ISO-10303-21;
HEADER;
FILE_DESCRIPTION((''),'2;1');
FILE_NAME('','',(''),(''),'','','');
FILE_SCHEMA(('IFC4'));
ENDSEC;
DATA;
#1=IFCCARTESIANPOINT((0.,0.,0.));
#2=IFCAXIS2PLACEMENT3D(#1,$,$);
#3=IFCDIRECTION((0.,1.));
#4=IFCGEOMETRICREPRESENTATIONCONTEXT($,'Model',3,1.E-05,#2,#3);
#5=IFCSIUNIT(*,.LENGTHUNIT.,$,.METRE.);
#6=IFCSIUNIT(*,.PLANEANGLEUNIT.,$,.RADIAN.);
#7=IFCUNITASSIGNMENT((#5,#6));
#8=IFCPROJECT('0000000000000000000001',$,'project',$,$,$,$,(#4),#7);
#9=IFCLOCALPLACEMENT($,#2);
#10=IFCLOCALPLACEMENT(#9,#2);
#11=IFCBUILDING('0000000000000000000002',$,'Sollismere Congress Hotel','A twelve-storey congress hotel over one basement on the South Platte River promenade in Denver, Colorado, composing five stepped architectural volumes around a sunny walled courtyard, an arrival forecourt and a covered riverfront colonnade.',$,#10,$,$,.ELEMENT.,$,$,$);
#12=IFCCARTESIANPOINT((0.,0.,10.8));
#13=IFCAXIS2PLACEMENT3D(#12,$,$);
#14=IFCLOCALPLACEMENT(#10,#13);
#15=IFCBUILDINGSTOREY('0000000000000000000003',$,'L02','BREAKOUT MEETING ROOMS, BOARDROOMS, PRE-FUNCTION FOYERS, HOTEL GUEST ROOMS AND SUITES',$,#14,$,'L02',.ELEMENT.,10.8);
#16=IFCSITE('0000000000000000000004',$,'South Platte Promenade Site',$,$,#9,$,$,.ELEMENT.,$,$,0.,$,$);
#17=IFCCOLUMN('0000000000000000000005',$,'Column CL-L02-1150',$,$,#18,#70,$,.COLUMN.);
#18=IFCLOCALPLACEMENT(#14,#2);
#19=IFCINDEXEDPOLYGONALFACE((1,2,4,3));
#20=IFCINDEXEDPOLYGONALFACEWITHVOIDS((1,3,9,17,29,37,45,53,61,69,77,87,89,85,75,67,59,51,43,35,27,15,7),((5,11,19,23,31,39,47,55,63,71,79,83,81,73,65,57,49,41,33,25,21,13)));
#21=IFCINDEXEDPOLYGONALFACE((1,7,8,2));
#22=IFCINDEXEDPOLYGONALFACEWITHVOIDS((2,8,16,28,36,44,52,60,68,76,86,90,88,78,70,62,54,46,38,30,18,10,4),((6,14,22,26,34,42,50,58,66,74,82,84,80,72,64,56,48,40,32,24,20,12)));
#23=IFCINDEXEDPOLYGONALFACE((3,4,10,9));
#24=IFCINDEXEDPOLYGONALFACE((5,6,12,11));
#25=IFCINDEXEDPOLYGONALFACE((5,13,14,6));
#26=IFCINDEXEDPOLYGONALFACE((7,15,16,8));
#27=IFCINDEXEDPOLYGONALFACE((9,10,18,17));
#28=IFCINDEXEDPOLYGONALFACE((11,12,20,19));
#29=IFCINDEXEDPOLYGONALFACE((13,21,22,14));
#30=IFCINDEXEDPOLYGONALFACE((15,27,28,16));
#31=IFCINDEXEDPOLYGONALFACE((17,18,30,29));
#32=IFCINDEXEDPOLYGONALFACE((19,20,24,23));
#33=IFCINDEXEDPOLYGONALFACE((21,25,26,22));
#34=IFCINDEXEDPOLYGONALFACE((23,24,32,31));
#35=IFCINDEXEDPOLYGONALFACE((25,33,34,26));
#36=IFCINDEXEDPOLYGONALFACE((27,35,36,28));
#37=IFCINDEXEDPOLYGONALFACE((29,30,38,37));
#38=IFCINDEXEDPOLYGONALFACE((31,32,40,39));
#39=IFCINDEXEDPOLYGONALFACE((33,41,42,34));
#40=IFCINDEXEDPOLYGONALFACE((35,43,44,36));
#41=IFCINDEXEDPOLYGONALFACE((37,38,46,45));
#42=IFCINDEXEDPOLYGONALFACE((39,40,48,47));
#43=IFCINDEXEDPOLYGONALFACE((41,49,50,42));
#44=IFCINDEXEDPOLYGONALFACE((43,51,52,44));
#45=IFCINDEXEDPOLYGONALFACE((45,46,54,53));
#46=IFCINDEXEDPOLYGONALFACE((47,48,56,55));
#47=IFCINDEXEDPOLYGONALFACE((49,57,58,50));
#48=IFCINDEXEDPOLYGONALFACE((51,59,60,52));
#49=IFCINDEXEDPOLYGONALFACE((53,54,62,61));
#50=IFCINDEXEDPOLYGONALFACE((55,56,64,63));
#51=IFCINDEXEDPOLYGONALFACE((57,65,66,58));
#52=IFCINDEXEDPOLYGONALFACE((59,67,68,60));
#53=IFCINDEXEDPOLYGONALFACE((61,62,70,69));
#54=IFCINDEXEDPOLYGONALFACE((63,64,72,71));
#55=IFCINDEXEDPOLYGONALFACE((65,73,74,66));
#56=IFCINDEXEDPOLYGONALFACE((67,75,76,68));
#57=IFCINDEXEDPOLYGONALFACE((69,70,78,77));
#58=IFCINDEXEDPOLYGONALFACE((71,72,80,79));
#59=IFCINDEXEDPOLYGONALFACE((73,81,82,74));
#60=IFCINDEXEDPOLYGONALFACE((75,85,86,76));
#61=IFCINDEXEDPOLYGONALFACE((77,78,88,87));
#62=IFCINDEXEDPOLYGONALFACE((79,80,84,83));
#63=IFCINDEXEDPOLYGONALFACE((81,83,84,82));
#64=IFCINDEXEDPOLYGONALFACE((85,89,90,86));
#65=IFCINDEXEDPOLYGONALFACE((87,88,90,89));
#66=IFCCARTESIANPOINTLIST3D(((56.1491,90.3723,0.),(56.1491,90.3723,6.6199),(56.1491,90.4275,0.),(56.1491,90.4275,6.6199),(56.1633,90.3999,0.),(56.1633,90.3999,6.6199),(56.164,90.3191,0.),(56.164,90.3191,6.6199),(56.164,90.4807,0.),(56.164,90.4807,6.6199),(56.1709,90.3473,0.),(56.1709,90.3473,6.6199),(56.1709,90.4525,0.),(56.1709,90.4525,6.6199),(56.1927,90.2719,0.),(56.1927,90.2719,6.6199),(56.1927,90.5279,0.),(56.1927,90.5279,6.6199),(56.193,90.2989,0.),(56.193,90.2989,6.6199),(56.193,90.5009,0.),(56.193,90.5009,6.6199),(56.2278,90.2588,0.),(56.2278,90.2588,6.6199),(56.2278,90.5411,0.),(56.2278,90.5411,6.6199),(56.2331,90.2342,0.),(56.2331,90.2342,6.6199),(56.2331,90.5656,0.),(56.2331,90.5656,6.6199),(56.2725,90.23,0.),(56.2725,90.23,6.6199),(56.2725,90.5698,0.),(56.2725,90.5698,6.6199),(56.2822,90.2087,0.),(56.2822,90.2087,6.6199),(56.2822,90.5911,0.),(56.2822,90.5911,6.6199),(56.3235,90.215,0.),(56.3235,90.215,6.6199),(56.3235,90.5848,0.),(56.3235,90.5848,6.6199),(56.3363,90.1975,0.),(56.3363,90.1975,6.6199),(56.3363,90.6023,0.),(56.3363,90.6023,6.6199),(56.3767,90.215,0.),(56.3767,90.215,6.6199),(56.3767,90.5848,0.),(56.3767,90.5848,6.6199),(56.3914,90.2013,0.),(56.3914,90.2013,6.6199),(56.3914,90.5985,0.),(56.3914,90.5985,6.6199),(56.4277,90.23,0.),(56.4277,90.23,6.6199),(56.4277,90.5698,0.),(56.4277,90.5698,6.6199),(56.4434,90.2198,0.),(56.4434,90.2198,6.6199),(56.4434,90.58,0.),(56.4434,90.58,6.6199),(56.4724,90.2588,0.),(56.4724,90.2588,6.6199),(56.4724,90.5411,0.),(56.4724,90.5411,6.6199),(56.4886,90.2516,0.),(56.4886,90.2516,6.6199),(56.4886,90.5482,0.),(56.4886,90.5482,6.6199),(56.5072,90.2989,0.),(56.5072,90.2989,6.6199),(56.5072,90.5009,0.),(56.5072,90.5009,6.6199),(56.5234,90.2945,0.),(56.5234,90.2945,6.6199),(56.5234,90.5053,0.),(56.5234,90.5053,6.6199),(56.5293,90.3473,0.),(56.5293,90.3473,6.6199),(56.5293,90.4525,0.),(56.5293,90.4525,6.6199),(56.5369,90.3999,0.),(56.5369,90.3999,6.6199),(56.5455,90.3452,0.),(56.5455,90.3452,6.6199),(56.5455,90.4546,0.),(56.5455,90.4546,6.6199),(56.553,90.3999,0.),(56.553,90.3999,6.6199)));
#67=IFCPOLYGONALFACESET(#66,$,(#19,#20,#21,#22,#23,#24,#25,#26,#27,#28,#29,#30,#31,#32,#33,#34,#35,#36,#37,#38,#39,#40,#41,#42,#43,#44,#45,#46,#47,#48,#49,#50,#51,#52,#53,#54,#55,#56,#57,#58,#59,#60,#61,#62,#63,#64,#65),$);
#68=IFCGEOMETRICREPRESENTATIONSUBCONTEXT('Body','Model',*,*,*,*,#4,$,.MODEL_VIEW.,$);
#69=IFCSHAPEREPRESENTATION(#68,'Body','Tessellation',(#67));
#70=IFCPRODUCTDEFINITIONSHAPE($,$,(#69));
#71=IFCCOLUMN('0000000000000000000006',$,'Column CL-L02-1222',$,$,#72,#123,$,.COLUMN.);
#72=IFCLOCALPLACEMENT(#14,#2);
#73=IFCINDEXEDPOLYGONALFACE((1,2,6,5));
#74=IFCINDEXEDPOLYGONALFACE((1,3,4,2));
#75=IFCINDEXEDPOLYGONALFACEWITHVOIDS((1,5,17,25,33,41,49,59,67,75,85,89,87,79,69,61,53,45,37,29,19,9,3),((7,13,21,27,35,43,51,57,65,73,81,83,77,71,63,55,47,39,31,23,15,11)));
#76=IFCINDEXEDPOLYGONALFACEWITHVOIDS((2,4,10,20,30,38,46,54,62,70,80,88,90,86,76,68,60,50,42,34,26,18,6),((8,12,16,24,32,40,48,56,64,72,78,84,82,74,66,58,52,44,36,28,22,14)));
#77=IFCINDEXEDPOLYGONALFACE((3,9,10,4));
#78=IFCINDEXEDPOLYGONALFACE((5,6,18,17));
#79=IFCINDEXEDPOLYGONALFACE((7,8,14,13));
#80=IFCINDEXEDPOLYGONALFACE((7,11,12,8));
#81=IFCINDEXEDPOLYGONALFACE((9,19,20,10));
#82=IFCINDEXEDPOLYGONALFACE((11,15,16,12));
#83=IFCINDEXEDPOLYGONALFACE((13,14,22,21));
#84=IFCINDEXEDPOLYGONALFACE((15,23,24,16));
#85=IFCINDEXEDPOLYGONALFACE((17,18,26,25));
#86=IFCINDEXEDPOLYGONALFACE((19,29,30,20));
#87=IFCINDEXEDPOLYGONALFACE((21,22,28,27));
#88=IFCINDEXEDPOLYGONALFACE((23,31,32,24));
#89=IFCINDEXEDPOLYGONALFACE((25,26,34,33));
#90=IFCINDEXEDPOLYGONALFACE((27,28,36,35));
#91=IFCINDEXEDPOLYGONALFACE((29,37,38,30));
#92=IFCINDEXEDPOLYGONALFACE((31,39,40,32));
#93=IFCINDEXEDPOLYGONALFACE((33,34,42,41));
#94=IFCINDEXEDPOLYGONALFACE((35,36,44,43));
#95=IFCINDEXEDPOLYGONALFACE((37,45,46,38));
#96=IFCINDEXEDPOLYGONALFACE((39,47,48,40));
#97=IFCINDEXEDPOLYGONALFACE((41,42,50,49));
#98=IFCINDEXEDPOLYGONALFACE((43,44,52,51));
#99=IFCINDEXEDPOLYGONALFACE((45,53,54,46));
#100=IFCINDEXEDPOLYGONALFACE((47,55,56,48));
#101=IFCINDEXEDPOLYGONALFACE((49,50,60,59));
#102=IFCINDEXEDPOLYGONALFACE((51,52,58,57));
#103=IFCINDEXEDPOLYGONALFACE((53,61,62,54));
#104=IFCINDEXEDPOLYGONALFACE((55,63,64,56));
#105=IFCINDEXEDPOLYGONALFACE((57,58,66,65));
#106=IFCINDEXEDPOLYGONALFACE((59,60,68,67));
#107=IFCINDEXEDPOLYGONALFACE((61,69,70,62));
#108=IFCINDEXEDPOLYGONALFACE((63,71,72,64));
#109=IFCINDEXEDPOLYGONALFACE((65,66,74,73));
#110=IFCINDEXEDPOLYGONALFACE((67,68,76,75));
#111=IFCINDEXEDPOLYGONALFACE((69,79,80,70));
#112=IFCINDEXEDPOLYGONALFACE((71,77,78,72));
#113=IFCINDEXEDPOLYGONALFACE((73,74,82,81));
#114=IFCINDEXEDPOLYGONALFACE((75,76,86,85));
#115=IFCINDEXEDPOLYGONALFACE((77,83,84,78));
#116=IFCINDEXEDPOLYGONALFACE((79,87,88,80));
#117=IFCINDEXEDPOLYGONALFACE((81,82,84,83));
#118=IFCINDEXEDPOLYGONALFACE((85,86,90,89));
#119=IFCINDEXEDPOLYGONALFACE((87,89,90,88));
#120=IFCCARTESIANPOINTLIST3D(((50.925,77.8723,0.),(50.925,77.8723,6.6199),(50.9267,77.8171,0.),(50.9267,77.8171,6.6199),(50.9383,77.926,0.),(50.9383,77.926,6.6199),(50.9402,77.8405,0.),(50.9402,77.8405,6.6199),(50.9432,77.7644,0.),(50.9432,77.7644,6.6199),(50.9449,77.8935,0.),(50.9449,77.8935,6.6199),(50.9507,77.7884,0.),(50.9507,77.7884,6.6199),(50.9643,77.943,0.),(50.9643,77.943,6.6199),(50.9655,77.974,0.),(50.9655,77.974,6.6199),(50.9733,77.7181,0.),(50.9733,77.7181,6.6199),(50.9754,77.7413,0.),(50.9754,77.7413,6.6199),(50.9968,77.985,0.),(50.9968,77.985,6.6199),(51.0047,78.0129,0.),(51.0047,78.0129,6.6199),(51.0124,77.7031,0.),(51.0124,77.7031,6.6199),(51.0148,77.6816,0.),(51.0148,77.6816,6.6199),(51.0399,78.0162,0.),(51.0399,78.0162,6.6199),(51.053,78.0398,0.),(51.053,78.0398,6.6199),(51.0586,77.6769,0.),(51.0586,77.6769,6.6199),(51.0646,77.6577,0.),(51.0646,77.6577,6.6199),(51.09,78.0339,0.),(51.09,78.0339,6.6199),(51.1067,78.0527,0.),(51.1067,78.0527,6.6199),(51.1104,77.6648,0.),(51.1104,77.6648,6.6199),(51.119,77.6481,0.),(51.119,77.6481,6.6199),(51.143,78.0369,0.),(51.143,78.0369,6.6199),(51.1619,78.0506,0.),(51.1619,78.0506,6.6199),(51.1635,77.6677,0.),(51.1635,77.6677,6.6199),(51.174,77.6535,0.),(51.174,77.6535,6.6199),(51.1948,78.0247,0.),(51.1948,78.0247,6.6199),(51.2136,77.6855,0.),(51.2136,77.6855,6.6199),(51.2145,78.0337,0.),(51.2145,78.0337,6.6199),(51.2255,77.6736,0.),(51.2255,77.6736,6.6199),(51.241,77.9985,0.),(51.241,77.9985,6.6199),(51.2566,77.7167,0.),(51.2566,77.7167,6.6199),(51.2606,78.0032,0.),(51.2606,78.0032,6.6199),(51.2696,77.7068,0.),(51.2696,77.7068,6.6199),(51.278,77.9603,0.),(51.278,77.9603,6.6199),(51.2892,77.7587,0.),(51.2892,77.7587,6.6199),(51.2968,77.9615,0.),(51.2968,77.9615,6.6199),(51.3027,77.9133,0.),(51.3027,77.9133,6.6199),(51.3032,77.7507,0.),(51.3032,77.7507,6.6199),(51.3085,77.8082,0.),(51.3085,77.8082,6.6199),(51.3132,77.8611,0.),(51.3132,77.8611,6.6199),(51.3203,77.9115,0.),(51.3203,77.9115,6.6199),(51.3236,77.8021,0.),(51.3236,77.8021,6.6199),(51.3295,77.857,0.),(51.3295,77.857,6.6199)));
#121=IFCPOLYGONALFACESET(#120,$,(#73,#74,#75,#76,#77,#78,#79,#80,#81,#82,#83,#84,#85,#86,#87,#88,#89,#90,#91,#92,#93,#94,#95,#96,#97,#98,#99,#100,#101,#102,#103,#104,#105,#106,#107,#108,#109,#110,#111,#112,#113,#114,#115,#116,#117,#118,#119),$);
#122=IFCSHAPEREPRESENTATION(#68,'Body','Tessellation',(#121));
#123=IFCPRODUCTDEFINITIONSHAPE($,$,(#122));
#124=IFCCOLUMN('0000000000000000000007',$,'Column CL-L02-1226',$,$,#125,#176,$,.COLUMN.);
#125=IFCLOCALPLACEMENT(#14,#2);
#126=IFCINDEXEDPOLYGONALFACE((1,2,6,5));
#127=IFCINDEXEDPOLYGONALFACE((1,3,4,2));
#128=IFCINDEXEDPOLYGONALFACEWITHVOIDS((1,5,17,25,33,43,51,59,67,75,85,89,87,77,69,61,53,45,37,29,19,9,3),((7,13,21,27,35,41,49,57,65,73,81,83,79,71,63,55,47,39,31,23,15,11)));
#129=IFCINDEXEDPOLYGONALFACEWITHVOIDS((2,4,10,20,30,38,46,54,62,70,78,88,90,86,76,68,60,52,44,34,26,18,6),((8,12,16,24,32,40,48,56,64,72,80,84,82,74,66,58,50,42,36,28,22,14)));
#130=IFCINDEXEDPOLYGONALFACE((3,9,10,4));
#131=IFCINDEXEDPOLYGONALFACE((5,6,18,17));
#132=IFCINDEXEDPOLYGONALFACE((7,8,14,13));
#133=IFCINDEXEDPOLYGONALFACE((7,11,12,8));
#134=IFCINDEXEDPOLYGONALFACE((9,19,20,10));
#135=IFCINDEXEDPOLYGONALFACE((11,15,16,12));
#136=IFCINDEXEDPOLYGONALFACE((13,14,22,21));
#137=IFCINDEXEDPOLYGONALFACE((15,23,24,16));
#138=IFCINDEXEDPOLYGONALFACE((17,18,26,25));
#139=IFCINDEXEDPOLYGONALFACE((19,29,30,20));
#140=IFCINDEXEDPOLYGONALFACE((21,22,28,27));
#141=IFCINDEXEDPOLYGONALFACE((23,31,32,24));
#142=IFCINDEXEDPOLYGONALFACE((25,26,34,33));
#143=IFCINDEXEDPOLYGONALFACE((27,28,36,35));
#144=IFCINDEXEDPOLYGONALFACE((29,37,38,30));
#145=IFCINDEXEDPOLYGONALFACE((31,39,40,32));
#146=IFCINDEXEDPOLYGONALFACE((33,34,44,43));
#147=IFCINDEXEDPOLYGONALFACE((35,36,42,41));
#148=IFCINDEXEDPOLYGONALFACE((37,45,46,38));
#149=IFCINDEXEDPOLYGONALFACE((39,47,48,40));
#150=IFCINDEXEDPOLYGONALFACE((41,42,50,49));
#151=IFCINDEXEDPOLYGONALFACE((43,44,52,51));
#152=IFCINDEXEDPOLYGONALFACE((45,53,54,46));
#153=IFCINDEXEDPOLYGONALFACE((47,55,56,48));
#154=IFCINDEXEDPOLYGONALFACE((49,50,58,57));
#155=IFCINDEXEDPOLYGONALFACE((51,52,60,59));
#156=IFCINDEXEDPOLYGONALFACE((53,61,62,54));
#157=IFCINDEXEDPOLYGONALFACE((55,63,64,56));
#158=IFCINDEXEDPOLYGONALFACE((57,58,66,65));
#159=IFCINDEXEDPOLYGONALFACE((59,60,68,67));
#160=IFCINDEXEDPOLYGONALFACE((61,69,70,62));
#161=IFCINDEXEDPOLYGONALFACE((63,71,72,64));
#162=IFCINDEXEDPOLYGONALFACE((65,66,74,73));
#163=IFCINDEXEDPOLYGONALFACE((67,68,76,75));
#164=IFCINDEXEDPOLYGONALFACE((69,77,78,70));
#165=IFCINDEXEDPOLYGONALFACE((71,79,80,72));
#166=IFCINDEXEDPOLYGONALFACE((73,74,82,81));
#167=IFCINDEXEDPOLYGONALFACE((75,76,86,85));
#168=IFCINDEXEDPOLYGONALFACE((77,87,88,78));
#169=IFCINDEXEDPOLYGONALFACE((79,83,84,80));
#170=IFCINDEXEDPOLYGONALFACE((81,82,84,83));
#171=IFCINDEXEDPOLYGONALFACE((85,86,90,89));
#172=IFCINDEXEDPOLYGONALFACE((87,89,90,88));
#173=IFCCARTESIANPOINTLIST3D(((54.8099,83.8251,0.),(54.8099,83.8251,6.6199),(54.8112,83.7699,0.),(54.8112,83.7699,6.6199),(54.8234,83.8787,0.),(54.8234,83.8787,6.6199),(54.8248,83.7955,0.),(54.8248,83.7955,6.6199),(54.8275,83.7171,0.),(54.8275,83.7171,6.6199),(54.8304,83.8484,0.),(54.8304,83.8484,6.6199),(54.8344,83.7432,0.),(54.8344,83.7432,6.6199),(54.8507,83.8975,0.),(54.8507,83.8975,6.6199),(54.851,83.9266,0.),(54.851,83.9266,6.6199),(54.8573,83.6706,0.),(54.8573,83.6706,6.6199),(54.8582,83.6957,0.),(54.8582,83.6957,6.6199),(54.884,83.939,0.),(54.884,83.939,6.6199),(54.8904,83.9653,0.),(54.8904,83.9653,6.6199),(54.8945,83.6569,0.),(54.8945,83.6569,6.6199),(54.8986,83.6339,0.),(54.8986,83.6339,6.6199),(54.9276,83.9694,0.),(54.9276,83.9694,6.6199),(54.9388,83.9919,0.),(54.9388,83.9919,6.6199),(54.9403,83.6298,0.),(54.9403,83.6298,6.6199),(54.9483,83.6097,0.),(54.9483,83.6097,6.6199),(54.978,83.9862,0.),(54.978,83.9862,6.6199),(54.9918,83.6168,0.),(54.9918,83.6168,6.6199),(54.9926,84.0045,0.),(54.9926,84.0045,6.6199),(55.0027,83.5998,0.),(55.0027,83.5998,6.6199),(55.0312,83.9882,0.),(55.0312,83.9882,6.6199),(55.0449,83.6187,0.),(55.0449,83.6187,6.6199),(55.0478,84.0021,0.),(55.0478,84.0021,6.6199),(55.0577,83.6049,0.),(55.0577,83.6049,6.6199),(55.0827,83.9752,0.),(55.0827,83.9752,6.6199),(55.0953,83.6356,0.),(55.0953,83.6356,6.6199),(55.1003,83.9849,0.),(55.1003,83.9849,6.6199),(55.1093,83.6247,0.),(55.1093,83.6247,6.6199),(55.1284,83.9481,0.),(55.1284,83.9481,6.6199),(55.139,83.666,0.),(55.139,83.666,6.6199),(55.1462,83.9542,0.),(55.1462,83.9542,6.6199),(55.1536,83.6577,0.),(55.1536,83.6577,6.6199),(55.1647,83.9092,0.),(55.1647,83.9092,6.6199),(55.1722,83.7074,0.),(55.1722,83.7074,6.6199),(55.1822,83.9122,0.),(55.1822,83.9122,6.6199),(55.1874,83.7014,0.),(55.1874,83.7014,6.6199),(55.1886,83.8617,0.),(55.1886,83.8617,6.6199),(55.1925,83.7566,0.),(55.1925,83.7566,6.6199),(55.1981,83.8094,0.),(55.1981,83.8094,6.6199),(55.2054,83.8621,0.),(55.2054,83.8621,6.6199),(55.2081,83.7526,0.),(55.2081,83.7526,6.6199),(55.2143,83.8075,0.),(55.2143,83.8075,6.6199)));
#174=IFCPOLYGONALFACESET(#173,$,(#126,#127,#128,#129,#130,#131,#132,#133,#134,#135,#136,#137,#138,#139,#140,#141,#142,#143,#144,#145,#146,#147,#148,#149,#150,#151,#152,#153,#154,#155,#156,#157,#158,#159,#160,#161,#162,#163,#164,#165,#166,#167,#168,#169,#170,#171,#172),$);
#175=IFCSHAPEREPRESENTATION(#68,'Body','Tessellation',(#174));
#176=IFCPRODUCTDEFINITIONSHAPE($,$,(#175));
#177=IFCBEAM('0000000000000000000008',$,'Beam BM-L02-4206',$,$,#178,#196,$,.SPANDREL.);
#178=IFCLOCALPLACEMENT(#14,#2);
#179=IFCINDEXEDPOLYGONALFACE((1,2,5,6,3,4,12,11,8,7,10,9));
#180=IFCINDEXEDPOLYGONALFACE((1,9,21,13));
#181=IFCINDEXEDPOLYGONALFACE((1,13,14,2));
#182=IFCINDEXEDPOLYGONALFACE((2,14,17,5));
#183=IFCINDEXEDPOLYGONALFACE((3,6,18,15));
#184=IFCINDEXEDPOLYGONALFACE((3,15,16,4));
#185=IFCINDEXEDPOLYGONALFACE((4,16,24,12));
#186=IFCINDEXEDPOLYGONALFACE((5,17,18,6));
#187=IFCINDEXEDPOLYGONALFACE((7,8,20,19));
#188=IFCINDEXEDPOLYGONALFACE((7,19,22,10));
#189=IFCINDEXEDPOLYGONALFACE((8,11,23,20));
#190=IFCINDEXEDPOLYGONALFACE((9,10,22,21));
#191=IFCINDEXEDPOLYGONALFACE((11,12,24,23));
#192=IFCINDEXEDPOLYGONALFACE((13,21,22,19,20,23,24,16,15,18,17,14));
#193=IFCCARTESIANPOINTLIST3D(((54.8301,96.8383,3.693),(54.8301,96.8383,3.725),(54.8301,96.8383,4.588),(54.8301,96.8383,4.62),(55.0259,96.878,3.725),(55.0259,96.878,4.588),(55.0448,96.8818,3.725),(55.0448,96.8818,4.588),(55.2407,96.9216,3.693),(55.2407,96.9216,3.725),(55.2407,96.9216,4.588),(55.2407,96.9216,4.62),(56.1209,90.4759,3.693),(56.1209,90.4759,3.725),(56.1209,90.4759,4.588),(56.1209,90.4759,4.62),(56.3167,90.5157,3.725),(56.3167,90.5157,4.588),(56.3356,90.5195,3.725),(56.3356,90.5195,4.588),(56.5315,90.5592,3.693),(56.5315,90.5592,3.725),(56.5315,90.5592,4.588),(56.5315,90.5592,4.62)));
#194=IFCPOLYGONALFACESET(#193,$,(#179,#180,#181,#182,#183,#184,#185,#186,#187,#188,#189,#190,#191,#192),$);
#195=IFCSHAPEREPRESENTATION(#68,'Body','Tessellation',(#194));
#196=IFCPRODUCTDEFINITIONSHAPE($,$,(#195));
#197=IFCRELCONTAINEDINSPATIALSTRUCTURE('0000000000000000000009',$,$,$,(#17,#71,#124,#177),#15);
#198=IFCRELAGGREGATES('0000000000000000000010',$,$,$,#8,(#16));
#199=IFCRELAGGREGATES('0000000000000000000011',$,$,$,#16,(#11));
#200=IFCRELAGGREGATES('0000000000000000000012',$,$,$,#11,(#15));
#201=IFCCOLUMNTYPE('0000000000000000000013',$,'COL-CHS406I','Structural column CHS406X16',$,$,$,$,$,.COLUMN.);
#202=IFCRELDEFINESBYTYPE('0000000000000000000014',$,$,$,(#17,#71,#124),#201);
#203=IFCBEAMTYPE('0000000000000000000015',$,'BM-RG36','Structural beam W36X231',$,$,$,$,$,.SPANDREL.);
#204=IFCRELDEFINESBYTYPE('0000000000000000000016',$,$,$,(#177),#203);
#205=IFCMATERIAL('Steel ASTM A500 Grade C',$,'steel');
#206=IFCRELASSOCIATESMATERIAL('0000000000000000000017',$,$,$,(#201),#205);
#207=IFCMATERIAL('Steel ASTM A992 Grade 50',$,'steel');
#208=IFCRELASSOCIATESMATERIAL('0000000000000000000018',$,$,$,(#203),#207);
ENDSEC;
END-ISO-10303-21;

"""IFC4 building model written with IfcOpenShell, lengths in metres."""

from ifc_helpers import new_model, si_unit, direction, frame, origin, origin_2d, place, context, subcontext, project, spatial, hollow_circle, i_section, extrude, material, material_profile, profile_set, type_object, element, save


model = new_model("IFC4")

# Units and contexts
model_context = context("Model", 3, precision=1e-05, world=origin(), true_north=direction((0.0, 1.0)))
body_context = subcontext(model_context, "Body", "Model", "MODEL_VIEW")
ifc_project = project(units=[si_unit("LENGTHUNIT", "METRE"), si_unit("PLANEANGLEUNIT", "RADIAN")], contexts=[model_context])

# Site, building, storey
site_placement = place(None, origin())
site = spatial("IfcSite", under=ifc_project, at=site_placement, Name="South Platte Promenade Site", CompositionType="ELEMENT", RefElevation=0.0)
building_placement = place(site_placement, origin())
building = spatial("IfcBuilding", under=site, at=building_placement, Name="Sollismere Congress Hotel", Description="A twelve-storey congress hotel over one basement on the South Platte River promenade in Denver, Colorado, composing five stepped architectural volumes around a sunny walled courtyard, an arrival forecourt and a covered riverfront colonnade.", CompositionType="ELEMENT")
storey_placement = place(building_placement, frame((0.0, 0.0, 10.8)))
storey = spatial("IfcBuildingStorey", under=building, at=storey_placement, Name="L02", Description="BREAKOUT MEETING ROOMS, BOARDROOMS, PRE-FUNCTION FOYERS, HOTEL GUEST ROOMS AND SUITES", LongName="L02", CompositionType="ELEMENT", Elevation=10.8)

# Columns
ifc_material_1 = material(Name="Steel ASTM A500 Grade C", Category="steel")
ifc_material_profile_1 = material_profile(ifc_material_1, hollow_circle(Radius=0.2029, WallThickness=0.0161, at=origin_2d()), Name="CHS406X16")
ifc_profile_set_1 = profile_set([ifc_material_profile_1], Name="Steel ASTM A500 Grade C")
column_type = type_object("IfcColumnType", Name="COL-CHS406I", Description="Structural column CHS406X16", PredefinedType="COLUMN", material=ifc_profile_set_1)
for number, where, z_axis, x_axis, name in (
    (1, (56.3501, 90.3999, 0.0), (0.0, 0.0, 1.0), (1.0, 0.0, 0.0), "Column CL-L02-1150"),
    (2, (51.1267, 77.8508, 0.0), (0.0, 0.0, 1.0), (0.86984, -0.493335, 0.0), "Column CL-L02-1222"),
    (3, (55.0115, 83.8025, 0.0), (0.0, 0.0, 1.0), (0.969317, -0.245815, 0.0), "Column CL-L02-1226"),
):
    element("IfcColumn", number, at=place(storey_placement, frame(where, z_axis=z_axis, x_axis=x_axis)), inside=storey, type_object=column_type, Name=name, PredefinedType="COLUMN", context=body_context, shape_type="SweptSolid", body=[
        extrude(hollow_circle(Radius=0.2029, WallThickness=0.0161, at=origin_2d()), origin(), (0.0, 0.0, 1.0), 6.6199),
    ])

# Beam
ifc_material_2 = material(Name="Steel ASTM A992 Grade 50", Category="steel")
ifc_material_profile_2 = material_profile(ifc_material_2, i_section(OverallWidth=0.4189, OverallDepth=0.927, WebThickness=0.0193, FlangeThickness=0.032, at=origin_2d()), Name="W36X231")
ifc_profile_set_2 = profile_set([ifc_material_profile_2], Name="Steel ASTM A992 Grade 50")
beam_type = type_object("IfcBeamType", Name="BM-RG36", Description="Structural beam W36X231", PredefinedType="SPANDREL", material=ifc_profile_set_2)
beam_1_placement = place(storey_placement, frame((56.3262, 90.5176, 4.1565), z_axis=(-0.198827, 0.980035, 0.0), x_axis=(-0.980035, -0.198827, 0.0)))
element("IfcBeam", 4, at=beam_1_placement, inside=storey, type_object=beam_type, Name="Beam BM-L02-4206", PredefinedType="SPANDREL", context=body_context, shape_type="SweptSolid", body=[
    extrude(i_section(OverallWidth=0.4189, OverallDepth=0.927, WebThickness=0.0193, FlangeThickness=0.032, at=origin_2d()), origin(), (0.0, 0.0, 1.0), 6.4919),
])

save(model, "model.ifc")
